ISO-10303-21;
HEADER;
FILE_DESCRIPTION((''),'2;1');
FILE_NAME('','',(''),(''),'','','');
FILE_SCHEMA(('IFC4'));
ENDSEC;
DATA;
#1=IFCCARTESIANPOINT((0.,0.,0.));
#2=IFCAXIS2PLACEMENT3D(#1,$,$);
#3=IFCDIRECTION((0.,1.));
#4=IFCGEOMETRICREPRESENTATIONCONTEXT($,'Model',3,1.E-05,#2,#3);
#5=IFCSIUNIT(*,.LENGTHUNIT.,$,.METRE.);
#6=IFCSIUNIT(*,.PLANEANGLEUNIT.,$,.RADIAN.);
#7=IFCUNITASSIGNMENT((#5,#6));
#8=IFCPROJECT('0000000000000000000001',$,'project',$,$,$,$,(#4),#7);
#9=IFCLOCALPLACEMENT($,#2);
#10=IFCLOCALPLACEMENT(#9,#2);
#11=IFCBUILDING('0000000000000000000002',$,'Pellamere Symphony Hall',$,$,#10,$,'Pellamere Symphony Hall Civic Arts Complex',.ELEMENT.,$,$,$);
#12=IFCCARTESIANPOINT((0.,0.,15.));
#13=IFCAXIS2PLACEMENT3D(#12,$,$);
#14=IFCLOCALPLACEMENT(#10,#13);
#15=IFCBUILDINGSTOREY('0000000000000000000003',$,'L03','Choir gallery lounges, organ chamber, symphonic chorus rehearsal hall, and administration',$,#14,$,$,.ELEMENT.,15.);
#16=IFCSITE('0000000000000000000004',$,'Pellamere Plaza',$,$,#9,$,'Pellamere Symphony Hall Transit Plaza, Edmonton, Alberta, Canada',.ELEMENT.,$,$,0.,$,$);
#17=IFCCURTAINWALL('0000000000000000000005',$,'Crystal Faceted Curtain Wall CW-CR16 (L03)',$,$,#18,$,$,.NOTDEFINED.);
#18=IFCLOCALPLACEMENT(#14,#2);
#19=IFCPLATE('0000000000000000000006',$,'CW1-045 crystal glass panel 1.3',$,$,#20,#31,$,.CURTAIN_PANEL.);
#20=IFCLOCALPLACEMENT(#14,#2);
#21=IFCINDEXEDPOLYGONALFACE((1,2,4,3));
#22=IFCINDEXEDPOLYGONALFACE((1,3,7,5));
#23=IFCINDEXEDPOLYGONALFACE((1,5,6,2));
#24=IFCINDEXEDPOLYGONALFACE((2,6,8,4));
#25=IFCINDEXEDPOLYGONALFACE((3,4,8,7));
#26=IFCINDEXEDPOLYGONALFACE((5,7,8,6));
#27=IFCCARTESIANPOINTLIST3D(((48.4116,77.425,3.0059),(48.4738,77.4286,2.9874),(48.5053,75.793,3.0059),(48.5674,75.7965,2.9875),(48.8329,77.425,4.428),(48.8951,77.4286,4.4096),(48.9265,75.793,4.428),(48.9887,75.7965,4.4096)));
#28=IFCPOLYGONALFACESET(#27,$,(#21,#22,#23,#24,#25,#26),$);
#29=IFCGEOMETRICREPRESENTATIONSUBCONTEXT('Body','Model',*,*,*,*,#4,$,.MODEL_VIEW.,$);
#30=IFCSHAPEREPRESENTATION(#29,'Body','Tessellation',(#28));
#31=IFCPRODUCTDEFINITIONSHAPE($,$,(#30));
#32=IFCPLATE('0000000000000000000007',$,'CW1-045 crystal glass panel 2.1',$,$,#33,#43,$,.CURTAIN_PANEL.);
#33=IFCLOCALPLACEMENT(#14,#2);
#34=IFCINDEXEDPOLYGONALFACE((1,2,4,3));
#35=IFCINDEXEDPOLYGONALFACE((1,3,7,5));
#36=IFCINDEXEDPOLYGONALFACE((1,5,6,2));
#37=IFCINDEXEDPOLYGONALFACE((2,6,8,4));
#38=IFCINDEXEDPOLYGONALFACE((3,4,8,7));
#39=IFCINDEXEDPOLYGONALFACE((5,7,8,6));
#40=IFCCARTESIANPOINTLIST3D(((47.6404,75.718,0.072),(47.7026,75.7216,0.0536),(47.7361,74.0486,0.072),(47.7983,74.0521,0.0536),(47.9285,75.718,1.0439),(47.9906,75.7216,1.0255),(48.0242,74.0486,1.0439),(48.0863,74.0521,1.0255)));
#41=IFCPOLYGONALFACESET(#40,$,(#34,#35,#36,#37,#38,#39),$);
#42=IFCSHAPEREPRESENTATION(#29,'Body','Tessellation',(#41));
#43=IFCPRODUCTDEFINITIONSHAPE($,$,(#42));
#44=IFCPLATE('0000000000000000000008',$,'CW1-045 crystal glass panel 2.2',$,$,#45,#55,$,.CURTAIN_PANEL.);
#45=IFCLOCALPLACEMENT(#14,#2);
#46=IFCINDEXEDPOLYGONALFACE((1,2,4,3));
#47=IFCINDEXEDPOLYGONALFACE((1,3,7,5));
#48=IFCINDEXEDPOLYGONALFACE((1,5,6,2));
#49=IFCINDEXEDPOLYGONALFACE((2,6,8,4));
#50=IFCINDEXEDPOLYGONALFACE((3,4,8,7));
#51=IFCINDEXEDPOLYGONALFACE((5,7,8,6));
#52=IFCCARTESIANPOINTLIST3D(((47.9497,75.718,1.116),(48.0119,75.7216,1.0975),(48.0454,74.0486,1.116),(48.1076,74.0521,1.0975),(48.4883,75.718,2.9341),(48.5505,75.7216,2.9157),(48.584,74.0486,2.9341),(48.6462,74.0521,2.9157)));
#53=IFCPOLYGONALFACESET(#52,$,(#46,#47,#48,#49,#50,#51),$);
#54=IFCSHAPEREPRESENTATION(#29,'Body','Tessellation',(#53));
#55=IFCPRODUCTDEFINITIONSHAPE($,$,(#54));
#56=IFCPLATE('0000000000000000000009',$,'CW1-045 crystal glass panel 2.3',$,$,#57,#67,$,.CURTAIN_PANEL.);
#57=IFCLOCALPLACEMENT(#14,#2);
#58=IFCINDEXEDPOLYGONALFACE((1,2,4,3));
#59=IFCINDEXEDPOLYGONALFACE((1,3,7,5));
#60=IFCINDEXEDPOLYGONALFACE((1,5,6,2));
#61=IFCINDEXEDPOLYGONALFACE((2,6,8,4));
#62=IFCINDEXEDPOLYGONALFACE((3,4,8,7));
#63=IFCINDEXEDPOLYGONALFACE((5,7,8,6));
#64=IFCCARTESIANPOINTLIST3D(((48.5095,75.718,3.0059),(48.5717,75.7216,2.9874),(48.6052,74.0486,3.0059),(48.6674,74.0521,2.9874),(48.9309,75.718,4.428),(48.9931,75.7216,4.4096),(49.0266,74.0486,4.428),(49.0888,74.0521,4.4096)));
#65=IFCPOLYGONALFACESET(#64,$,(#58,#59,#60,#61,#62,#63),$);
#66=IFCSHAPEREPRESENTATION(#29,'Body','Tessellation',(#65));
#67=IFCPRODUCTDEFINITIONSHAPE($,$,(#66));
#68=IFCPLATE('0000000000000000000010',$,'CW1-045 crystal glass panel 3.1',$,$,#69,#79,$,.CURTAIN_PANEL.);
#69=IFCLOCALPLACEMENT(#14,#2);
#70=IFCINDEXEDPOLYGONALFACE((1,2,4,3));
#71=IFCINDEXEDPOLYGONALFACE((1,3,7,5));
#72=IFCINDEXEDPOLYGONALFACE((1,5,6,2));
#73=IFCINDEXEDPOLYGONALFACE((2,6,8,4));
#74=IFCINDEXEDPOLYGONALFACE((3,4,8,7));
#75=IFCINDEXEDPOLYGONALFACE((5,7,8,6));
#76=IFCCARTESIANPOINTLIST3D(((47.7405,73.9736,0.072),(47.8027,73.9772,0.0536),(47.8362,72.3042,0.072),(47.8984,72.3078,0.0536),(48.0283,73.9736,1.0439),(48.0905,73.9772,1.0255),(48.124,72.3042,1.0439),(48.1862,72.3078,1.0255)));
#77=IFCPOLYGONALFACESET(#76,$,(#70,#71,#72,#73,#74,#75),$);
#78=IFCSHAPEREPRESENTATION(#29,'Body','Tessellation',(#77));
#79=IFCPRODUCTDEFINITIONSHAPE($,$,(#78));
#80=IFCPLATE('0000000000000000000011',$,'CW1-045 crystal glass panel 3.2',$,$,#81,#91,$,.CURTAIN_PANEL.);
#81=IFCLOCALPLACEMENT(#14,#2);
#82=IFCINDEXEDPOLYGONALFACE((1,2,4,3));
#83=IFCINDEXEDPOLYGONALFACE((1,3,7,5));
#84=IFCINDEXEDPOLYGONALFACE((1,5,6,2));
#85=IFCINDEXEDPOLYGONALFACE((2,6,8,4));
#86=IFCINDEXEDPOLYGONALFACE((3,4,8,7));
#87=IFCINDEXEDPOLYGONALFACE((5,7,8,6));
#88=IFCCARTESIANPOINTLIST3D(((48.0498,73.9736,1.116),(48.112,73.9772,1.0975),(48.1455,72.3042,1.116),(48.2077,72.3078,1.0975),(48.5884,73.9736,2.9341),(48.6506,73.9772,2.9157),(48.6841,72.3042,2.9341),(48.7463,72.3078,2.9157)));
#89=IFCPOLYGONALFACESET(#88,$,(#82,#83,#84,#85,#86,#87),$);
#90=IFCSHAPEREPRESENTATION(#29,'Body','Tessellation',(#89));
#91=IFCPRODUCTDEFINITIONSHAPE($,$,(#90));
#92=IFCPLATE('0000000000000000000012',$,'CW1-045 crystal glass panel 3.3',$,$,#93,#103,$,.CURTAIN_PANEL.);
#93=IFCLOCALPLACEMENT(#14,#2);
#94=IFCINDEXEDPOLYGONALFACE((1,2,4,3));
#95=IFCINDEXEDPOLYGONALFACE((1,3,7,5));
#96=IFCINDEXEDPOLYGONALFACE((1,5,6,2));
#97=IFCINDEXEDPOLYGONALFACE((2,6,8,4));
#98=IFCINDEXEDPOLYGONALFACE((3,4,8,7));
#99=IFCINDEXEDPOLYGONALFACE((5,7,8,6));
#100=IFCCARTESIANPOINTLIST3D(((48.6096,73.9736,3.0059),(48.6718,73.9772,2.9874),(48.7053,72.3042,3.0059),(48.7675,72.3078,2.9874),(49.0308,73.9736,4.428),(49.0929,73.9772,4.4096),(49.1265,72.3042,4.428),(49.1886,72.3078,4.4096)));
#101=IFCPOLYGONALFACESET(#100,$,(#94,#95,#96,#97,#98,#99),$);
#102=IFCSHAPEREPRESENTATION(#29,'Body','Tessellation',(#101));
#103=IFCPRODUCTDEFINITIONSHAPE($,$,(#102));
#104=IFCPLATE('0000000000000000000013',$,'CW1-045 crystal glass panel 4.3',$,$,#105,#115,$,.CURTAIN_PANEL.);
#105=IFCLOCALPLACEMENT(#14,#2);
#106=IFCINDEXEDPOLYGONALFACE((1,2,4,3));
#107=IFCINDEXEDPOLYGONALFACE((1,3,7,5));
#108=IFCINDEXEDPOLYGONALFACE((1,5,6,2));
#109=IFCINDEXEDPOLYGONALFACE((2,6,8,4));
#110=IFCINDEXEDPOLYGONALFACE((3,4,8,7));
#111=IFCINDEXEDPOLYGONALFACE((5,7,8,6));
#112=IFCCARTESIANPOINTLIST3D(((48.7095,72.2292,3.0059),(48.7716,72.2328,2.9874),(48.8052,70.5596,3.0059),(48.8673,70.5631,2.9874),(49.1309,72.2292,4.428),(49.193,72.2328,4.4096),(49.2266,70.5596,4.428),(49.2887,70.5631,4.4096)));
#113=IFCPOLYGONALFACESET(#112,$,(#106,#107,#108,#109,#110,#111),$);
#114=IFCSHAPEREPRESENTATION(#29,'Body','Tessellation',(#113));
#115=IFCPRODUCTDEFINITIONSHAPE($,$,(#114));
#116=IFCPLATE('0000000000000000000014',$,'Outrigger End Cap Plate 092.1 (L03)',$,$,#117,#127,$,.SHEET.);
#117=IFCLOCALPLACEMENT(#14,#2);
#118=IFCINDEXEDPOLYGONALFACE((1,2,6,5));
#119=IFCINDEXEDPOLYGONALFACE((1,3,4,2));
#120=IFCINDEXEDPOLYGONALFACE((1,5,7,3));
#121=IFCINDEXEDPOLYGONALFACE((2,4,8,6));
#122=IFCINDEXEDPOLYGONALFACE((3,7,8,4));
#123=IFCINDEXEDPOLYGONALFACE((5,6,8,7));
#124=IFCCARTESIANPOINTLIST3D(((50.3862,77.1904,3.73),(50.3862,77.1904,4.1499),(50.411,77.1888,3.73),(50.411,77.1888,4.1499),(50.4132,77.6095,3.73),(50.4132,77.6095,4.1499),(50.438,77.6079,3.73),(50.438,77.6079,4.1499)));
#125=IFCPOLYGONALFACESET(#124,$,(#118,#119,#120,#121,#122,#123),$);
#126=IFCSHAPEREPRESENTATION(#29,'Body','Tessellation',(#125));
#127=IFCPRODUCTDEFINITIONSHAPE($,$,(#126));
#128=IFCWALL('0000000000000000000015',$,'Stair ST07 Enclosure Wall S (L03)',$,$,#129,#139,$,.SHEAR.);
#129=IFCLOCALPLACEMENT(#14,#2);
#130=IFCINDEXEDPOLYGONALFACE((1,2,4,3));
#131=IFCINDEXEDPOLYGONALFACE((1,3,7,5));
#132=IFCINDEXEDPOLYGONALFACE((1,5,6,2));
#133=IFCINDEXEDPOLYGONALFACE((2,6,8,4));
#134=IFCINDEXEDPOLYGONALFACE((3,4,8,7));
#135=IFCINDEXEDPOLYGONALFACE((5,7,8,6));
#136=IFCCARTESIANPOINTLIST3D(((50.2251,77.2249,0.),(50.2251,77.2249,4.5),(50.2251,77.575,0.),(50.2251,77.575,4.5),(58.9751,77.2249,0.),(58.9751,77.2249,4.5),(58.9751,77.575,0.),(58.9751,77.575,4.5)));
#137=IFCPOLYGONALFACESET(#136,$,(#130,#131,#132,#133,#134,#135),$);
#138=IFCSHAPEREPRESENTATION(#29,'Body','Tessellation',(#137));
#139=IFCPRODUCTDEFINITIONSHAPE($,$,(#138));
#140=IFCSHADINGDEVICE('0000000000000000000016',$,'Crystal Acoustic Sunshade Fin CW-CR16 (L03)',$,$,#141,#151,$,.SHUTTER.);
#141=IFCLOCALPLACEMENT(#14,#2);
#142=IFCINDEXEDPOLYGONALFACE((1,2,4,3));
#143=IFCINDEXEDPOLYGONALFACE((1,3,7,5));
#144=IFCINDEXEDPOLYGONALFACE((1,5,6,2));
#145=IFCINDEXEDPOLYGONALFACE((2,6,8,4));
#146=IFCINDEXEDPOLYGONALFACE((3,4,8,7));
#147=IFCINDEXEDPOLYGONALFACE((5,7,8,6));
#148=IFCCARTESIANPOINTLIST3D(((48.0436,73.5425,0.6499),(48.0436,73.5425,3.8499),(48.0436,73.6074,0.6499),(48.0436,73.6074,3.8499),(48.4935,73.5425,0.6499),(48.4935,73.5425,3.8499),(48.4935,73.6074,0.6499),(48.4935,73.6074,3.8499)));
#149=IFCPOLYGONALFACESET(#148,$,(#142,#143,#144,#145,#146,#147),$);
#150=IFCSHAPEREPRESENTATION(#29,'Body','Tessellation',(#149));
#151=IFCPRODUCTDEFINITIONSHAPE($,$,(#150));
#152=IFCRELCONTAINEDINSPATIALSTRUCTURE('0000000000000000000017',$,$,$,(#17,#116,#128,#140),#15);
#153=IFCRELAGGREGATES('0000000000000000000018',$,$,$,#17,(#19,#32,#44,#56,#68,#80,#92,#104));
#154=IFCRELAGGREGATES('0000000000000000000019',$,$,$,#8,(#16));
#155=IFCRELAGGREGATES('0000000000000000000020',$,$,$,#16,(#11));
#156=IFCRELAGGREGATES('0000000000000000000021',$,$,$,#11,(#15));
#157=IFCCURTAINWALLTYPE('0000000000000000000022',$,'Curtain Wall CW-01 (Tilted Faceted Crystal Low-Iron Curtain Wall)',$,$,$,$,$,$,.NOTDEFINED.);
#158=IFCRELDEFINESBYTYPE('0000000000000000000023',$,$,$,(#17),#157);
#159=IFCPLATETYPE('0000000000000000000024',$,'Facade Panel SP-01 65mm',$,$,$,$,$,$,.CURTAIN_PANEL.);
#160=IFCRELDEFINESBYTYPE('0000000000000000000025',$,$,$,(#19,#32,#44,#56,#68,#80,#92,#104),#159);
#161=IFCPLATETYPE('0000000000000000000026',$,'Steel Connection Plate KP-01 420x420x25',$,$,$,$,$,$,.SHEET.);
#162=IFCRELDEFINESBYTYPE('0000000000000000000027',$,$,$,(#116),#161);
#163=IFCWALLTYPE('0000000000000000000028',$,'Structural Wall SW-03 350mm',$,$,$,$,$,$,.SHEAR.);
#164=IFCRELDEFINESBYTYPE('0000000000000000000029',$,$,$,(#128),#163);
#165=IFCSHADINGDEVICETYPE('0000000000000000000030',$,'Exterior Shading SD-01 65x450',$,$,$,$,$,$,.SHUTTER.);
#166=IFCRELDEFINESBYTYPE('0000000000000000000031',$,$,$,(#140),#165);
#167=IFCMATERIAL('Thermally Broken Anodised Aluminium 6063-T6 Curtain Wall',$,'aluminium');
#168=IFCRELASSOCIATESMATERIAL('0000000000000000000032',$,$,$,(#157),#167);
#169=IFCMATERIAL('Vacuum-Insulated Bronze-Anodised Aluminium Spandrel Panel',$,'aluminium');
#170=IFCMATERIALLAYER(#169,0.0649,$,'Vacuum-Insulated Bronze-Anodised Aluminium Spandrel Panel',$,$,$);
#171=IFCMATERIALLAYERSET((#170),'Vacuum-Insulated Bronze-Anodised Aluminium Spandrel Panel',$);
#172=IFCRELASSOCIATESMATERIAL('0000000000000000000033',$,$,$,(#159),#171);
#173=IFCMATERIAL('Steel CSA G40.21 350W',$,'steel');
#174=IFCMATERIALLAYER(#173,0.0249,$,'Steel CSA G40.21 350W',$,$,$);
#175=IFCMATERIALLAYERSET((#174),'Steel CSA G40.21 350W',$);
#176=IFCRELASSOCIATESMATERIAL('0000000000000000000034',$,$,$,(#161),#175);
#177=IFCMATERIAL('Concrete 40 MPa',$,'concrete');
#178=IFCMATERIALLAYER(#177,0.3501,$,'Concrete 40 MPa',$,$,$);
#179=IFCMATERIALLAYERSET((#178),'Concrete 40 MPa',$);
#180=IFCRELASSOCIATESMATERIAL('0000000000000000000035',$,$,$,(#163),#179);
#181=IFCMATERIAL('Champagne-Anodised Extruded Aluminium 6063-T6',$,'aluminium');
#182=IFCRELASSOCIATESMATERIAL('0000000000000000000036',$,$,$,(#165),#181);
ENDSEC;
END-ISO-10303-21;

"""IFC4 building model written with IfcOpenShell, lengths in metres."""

from ifc_helpers import new_model, si_unit, direction, frame, frame_2d, origin, origin_2d, place, context, subcontext, project, spatial, polyline, rectangle, outline, extrude, material, layer, layer_set, type_object, element, aggregate, save


model = new_model("IFC4")

# Units and contexts
model_context = context("Model", 3, precision=1e-05, world=origin(), true_north=direction((0.0, 1.0)))
body_context = subcontext(model_context, "Body", "Model", "MODEL_VIEW")
ifc_project = project(units=[si_unit("LENGTHUNIT", "METRE"), si_unit("PLANEANGLEUNIT", "RADIAN")], contexts=[model_context])

# Site, building, storey
site_placement = place(None, origin())
site = spatial("IfcSite", under=ifc_project, at=site_placement, Name="Pellamere Plaza", LongName="Pellamere Symphony Hall Transit Plaza, Edmonton, Alberta, Canada", CompositionType="ELEMENT", RefElevation=0.0)
building_placement = place(site_placement, origin())
building = spatial("IfcBuilding", under=site, at=building_placement, Name="Pellamere Symphony Hall", LongName="Pellamere Symphony Hall Civic Arts Complex", CompositionType="ELEMENT")
storey_placement = place(building_placement, frame((0.0, 0.0, 15.0)))
storey = spatial("IfcBuildingStorey", under=building, at=storey_placement, Name="L03", Description="Choir gallery lounges, organ chamber, symphonic chorus rehearsal hall, and administration", CompositionType="ELEMENT", Elevation=15.0)

# Shared definitions
ifc_material_1 = material(Name="Concrete 40 MPa", Category="concrete")

# Curtain wall
ifc_material_2 = material(Name="Thermally Broken Anodised Aluminium 6063-T6 Curtain Wall", Category="aluminium")
curtain_wall_type = type_object("IfcCurtainWallType", Name="Curtain Wall CW-01 (Tilted Faceted Crystal Low-Iron Curtain Wall)", PredefinedType="NOTDEFINED", material=ifc_material_2)
curtain_wall_placement = place(storey_placement, origin())
curtain_wall = element("IfcCurtainWall", 1, at=curtain_wall_placement, inside=storey, type_object=curtain_wall_type, Name="Crystal Faceted Curtain Wall CW-CR16 (L03)", PredefinedType="NOTDEFINED")

# Shared definitions
ifc_material_3 = material(Name="Steel CSA G40.21 350W", Category="steel")

# Plates
ifc_material_4 = material(Name="Vacuum-Insulated Bronze-Anodised Aluminium Spandrel Panel", Category="aluminium")
ifc_layer_1 = layer(ifc_material_4, 0.0649, Name="Vacuum-Insulated Bronze-Anodised Aluminium Spandrel Panel")
ifc_layer_set_1 = layer_set([ifc_layer_1], Name="Vacuum-Insulated Bronze-Anodised Aluminium Spandrel Panel")
plate_type_1 = type_object("IfcPlateType", Name="Facade Panel SP-01 65mm", PredefinedType="CURTAIN_PANEL", material=ifc_layer_set_1)
plate_1_placement = place(storey_placement, frame((48.4116, 77.425, 3.0059), z_axis=(-0.95737, -0.054922, 0.283595), x_axis=(0.057279, -0.998358, 0.00002)))
plate_1 = element("IfcPlate", 2, at=plate_1_placement, type_object=plate_type_1, Name="CW1-045 crystal glass panel 1.3", PredefinedType="CURTAIN_PANEL", context=body_context, shape_type="SweptSolid", body=[
    extrude(outline(polyline([(0.0, 0.0), (1.6348, 0.0), (1.6589, 1.483), (0.0242, 1.483), (0.0, 0.0)])), origin(), (0.0, 0.0, -1.0), 0.0649),
])
plate_2_placement = place(storey_placement, frame((47.6404, 75.718, 0.072), z_axis=(-0.957324, -0.05488, 0.283758), x_axis=(0.057233, -0.998361, 0.0)))
plate_2 = element("IfcPlate", 3, at=plate_2_placement, type_object=plate_type_1, Name="CW1-045 crystal glass panel 2.1", PredefinedType="CURTAIN_PANEL", context=body_context, shape_type="SweptSolid", body=[
    extrude(outline(polyline([(0.0, 0.0), (1.6722, 0.0), (1.6887, 1.0136), (0.0165, 1.0136), (0.0, 0.0)])), origin(), (0.0, 0.0, -1.0), 0.0649),
])
plate_3_placement = place(storey_placement, frame((47.9497, 75.718, 1.116), z_axis=(-0.957371, -0.054883, 0.283599), x_axis=(0.057233, -0.998361, 0.0)))
plate_3 = element("IfcPlate", 4, at=plate_3_placement, type_object=plate_type_1, Name="CW1-045 crystal glass panel 2.2", PredefinedType="CURTAIN_PANEL", context=body_context, shape_type="SweptSolid", body=[
    extrude(outline(polyline([(0.0, 0.0), (1.6722, 0.0), (1.703, 1.896), (0.0308, 1.896), (0.0, 0.0)])), origin(), (0.0, 0.0, -1.0), 0.0649),
])
plate_4_placement = place(storey_placement, frame((48.5095, 75.718, 3.0059), z_axis=(-0.95735, -0.054882, 0.283671), x_axis=(0.057233, -0.998361, 0.0)))
plate_4 = element("IfcPlate", 5, at=plate_4_placement, type_object=plate_type_1, Name="CW1-045 crystal glass panel 2.3", PredefinedType="CURTAIN_PANEL", context=body_context, shape_type="SweptSolid", body=[
    extrude(outline(polyline([(0.0, 0.0), (1.6722, 0.0), (1.6963, 1.483), (0.0241, 1.483), (0.0, 0.0)])), origin(), (0.0, 0.0, -1.0), 0.0649),
])
plate_5_placement = place(storey_placement, frame((47.7405, 73.9736, 0.072), z_axis=(-0.957389, -0.054884, 0.283537), x_axis=(0.057233, -0.998361, 0.0)))
plate_5 = element("IfcPlate", 6, at=plate_5_placement, type_object=plate_type_1, Name="CW1-045 crystal glass panel 3.1", PredefinedType="CURTAIN_PANEL", context=body_context, shape_type="SweptSolid", body=[
    extrude(outline(polyline([(0.0, 0.0), (1.6722, 0.0), (1.6886, 1.0135), (0.0165, 1.0135), (0.0, 0.0)])), origin(), (0.0, 0.0, -1.0), 0.0649),
])
plate_6_placement = place(storey_placement, frame((48.0498, 73.9736, 1.116), z_axis=(-0.957371, -0.054883, 0.283599), x_axis=(0.057233, -0.998361, 0.0)))
plate_6 = element("IfcPlate", 7, at=plate_6_placement, type_object=plate_type_1, Name="CW1-045 crystal glass panel 3.2", PredefinedType="CURTAIN_PANEL", context=body_context, shape_type="SweptSolid", body=[
    extrude(outline(polyline([(0.0, 0.0), (1.6722, 0.0), (1.703, 1.896), (0.0308, 1.896), (0.0, 0.0)])), origin(), (0.0, 0.0, -1.0), 0.0649),
])
plate_7_placement = place(storey_placement, frame((48.6096, 73.9736, 3.0059), z_axis=(-0.957394, -0.054884, 0.28352), x_axis=(0.057233, -0.998361, 0.0)))
plate_7 = element("IfcPlate", 8, at=plate_7_placement, type_object=plate_type_1, Name="CW1-045 crystal glass panel 3.3", PredefinedType="CURTAIN_PANEL", context=body_context, shape_type="SweptSolid", body=[
    extrude(outline(polyline([(0.0, 0.0), (1.6722, 0.0), (1.6963, 1.483), (0.0241, 1.483), (0.0, 0.0)])), origin(), (0.0, 0.0, -1.0), 0.0649),
])
plate_8_placement = place(storey_placement, frame((48.7095, 72.2292, 3.0059), z_axis=(-0.95735, -0.054874, 0.283671), x_axis=(0.057224, -0.998361, 0.0)))
plate_8 = element("IfcPlate", 9, at=plate_8_placement, type_object=plate_type_1, Name="CW1-045 crystal glass panel 4.3", PredefinedType="CURTAIN_PANEL", context=body_context, shape_type="SweptSolid", body=[
    extrude(outline(polyline([(0.0, 0.0), (1.6724, 0.0), (1.6965, 1.483), (0.0241, 1.483), (0.0, 0.0)])), origin(), (0.0, 0.0, -1.0), 0.0649),
])
aggregate(curtain_wall, [plate_1, plate_2, plate_3, plate_4, plate_5, plate_6, plate_7, plate_8])
ifc_layer_2 = layer(ifc_material_3, 0.0249, Name="Steel CSA G40.21 350W")
ifc_layer_set_2 = layer_set([ifc_layer_2], Name="Steel CSA G40.21 350W")
plate_type_2 = type_object("IfcPlateType", Name="Steel Connection Plate KP-01 420x420x25", PredefinedType="SHEET", material=ifc_layer_set_2)
plate_9_placement = place(storey_placement, frame((50.4121, 77.3992, 3.73), z_axis=(0.0, 0.0, 1.0), x_axis=(-0.997927, 0.064358, 0.0)))
element("IfcPlate", 10, at=plate_9_placement, inside=storey, type_object=plate_type_2, Name="Outrigger End Cap Plate 092.1 (L03)", PredefinedType="SHEET", context=body_context, shape_type="SweptSolid", body=[
    extrude(rectangle(XDim=0.0249, YDim=0.4199, at=origin_2d()), origin(), (0.0, 0.0, 1.0), 0.4199),
])

# Wall
ifc_layer_3 = layer(ifc_material_1, 0.3501, Name="Concrete 40 MPa")
ifc_layer_set_3 = layer_set([ifc_layer_3], Name="Concrete 40 MPa")
wall_type = type_object("IfcWallType", Name="Structural Wall SW-03 350mm", PredefinedType="SHEAR", material=ifc_layer_set_3)
wall_placement = place(storey_placement, frame((50.2251, 77.3999, 0.0), z_axis=(0.0, 0.0, 1.0), x_axis=(1.0, 0.0, 0.0)))
element("IfcWall", 11, at=wall_placement, inside=storey, type_object=wall_type, Name="Stair ST07 Enclosure Wall S (L03)", PredefinedType="SHEAR", context=body_context, shape_type="SweptSolid", body=[
    extrude(rectangle(XDim=8.75, YDim=0.3501, at=frame_2d((4.375, 0.0))), origin(), (0.0, 0.0, 1.0), 4.5),
])

# Shading device
ifc_material_5 = material(Name="Champagne-Anodised Extruded Aluminium 6063-T6", Category="aluminium")
shading_device_type = type_object("IfcShadingDeviceType", Name="Exterior Shading SD-01 65x450", PredefinedType="SHUTTER", material=ifc_material_5)
shading_device_placement = place(storey_placement, frame((48.2686, 73.575, 0.6499), z_axis=(0.0, 0.0, 1.0), x_axis=(0.0, 1.0, 0.0)))
element("IfcShadingDevice", 12, at=shading_device_placement, inside=storey, type_object=shading_device_type, Name="Crystal Acoustic Sunshade Fin CW-CR16 (L03)", PredefinedType="SHUTTER", context=body_context, shape_type="SweptSolid", body=[
    extrude(rectangle(XDim=0.0649, YDim=0.45, at=origin_2d()), origin(), (0.0, 0.0, 1.0), 3.2),
])

save(model, "model.ifc")
